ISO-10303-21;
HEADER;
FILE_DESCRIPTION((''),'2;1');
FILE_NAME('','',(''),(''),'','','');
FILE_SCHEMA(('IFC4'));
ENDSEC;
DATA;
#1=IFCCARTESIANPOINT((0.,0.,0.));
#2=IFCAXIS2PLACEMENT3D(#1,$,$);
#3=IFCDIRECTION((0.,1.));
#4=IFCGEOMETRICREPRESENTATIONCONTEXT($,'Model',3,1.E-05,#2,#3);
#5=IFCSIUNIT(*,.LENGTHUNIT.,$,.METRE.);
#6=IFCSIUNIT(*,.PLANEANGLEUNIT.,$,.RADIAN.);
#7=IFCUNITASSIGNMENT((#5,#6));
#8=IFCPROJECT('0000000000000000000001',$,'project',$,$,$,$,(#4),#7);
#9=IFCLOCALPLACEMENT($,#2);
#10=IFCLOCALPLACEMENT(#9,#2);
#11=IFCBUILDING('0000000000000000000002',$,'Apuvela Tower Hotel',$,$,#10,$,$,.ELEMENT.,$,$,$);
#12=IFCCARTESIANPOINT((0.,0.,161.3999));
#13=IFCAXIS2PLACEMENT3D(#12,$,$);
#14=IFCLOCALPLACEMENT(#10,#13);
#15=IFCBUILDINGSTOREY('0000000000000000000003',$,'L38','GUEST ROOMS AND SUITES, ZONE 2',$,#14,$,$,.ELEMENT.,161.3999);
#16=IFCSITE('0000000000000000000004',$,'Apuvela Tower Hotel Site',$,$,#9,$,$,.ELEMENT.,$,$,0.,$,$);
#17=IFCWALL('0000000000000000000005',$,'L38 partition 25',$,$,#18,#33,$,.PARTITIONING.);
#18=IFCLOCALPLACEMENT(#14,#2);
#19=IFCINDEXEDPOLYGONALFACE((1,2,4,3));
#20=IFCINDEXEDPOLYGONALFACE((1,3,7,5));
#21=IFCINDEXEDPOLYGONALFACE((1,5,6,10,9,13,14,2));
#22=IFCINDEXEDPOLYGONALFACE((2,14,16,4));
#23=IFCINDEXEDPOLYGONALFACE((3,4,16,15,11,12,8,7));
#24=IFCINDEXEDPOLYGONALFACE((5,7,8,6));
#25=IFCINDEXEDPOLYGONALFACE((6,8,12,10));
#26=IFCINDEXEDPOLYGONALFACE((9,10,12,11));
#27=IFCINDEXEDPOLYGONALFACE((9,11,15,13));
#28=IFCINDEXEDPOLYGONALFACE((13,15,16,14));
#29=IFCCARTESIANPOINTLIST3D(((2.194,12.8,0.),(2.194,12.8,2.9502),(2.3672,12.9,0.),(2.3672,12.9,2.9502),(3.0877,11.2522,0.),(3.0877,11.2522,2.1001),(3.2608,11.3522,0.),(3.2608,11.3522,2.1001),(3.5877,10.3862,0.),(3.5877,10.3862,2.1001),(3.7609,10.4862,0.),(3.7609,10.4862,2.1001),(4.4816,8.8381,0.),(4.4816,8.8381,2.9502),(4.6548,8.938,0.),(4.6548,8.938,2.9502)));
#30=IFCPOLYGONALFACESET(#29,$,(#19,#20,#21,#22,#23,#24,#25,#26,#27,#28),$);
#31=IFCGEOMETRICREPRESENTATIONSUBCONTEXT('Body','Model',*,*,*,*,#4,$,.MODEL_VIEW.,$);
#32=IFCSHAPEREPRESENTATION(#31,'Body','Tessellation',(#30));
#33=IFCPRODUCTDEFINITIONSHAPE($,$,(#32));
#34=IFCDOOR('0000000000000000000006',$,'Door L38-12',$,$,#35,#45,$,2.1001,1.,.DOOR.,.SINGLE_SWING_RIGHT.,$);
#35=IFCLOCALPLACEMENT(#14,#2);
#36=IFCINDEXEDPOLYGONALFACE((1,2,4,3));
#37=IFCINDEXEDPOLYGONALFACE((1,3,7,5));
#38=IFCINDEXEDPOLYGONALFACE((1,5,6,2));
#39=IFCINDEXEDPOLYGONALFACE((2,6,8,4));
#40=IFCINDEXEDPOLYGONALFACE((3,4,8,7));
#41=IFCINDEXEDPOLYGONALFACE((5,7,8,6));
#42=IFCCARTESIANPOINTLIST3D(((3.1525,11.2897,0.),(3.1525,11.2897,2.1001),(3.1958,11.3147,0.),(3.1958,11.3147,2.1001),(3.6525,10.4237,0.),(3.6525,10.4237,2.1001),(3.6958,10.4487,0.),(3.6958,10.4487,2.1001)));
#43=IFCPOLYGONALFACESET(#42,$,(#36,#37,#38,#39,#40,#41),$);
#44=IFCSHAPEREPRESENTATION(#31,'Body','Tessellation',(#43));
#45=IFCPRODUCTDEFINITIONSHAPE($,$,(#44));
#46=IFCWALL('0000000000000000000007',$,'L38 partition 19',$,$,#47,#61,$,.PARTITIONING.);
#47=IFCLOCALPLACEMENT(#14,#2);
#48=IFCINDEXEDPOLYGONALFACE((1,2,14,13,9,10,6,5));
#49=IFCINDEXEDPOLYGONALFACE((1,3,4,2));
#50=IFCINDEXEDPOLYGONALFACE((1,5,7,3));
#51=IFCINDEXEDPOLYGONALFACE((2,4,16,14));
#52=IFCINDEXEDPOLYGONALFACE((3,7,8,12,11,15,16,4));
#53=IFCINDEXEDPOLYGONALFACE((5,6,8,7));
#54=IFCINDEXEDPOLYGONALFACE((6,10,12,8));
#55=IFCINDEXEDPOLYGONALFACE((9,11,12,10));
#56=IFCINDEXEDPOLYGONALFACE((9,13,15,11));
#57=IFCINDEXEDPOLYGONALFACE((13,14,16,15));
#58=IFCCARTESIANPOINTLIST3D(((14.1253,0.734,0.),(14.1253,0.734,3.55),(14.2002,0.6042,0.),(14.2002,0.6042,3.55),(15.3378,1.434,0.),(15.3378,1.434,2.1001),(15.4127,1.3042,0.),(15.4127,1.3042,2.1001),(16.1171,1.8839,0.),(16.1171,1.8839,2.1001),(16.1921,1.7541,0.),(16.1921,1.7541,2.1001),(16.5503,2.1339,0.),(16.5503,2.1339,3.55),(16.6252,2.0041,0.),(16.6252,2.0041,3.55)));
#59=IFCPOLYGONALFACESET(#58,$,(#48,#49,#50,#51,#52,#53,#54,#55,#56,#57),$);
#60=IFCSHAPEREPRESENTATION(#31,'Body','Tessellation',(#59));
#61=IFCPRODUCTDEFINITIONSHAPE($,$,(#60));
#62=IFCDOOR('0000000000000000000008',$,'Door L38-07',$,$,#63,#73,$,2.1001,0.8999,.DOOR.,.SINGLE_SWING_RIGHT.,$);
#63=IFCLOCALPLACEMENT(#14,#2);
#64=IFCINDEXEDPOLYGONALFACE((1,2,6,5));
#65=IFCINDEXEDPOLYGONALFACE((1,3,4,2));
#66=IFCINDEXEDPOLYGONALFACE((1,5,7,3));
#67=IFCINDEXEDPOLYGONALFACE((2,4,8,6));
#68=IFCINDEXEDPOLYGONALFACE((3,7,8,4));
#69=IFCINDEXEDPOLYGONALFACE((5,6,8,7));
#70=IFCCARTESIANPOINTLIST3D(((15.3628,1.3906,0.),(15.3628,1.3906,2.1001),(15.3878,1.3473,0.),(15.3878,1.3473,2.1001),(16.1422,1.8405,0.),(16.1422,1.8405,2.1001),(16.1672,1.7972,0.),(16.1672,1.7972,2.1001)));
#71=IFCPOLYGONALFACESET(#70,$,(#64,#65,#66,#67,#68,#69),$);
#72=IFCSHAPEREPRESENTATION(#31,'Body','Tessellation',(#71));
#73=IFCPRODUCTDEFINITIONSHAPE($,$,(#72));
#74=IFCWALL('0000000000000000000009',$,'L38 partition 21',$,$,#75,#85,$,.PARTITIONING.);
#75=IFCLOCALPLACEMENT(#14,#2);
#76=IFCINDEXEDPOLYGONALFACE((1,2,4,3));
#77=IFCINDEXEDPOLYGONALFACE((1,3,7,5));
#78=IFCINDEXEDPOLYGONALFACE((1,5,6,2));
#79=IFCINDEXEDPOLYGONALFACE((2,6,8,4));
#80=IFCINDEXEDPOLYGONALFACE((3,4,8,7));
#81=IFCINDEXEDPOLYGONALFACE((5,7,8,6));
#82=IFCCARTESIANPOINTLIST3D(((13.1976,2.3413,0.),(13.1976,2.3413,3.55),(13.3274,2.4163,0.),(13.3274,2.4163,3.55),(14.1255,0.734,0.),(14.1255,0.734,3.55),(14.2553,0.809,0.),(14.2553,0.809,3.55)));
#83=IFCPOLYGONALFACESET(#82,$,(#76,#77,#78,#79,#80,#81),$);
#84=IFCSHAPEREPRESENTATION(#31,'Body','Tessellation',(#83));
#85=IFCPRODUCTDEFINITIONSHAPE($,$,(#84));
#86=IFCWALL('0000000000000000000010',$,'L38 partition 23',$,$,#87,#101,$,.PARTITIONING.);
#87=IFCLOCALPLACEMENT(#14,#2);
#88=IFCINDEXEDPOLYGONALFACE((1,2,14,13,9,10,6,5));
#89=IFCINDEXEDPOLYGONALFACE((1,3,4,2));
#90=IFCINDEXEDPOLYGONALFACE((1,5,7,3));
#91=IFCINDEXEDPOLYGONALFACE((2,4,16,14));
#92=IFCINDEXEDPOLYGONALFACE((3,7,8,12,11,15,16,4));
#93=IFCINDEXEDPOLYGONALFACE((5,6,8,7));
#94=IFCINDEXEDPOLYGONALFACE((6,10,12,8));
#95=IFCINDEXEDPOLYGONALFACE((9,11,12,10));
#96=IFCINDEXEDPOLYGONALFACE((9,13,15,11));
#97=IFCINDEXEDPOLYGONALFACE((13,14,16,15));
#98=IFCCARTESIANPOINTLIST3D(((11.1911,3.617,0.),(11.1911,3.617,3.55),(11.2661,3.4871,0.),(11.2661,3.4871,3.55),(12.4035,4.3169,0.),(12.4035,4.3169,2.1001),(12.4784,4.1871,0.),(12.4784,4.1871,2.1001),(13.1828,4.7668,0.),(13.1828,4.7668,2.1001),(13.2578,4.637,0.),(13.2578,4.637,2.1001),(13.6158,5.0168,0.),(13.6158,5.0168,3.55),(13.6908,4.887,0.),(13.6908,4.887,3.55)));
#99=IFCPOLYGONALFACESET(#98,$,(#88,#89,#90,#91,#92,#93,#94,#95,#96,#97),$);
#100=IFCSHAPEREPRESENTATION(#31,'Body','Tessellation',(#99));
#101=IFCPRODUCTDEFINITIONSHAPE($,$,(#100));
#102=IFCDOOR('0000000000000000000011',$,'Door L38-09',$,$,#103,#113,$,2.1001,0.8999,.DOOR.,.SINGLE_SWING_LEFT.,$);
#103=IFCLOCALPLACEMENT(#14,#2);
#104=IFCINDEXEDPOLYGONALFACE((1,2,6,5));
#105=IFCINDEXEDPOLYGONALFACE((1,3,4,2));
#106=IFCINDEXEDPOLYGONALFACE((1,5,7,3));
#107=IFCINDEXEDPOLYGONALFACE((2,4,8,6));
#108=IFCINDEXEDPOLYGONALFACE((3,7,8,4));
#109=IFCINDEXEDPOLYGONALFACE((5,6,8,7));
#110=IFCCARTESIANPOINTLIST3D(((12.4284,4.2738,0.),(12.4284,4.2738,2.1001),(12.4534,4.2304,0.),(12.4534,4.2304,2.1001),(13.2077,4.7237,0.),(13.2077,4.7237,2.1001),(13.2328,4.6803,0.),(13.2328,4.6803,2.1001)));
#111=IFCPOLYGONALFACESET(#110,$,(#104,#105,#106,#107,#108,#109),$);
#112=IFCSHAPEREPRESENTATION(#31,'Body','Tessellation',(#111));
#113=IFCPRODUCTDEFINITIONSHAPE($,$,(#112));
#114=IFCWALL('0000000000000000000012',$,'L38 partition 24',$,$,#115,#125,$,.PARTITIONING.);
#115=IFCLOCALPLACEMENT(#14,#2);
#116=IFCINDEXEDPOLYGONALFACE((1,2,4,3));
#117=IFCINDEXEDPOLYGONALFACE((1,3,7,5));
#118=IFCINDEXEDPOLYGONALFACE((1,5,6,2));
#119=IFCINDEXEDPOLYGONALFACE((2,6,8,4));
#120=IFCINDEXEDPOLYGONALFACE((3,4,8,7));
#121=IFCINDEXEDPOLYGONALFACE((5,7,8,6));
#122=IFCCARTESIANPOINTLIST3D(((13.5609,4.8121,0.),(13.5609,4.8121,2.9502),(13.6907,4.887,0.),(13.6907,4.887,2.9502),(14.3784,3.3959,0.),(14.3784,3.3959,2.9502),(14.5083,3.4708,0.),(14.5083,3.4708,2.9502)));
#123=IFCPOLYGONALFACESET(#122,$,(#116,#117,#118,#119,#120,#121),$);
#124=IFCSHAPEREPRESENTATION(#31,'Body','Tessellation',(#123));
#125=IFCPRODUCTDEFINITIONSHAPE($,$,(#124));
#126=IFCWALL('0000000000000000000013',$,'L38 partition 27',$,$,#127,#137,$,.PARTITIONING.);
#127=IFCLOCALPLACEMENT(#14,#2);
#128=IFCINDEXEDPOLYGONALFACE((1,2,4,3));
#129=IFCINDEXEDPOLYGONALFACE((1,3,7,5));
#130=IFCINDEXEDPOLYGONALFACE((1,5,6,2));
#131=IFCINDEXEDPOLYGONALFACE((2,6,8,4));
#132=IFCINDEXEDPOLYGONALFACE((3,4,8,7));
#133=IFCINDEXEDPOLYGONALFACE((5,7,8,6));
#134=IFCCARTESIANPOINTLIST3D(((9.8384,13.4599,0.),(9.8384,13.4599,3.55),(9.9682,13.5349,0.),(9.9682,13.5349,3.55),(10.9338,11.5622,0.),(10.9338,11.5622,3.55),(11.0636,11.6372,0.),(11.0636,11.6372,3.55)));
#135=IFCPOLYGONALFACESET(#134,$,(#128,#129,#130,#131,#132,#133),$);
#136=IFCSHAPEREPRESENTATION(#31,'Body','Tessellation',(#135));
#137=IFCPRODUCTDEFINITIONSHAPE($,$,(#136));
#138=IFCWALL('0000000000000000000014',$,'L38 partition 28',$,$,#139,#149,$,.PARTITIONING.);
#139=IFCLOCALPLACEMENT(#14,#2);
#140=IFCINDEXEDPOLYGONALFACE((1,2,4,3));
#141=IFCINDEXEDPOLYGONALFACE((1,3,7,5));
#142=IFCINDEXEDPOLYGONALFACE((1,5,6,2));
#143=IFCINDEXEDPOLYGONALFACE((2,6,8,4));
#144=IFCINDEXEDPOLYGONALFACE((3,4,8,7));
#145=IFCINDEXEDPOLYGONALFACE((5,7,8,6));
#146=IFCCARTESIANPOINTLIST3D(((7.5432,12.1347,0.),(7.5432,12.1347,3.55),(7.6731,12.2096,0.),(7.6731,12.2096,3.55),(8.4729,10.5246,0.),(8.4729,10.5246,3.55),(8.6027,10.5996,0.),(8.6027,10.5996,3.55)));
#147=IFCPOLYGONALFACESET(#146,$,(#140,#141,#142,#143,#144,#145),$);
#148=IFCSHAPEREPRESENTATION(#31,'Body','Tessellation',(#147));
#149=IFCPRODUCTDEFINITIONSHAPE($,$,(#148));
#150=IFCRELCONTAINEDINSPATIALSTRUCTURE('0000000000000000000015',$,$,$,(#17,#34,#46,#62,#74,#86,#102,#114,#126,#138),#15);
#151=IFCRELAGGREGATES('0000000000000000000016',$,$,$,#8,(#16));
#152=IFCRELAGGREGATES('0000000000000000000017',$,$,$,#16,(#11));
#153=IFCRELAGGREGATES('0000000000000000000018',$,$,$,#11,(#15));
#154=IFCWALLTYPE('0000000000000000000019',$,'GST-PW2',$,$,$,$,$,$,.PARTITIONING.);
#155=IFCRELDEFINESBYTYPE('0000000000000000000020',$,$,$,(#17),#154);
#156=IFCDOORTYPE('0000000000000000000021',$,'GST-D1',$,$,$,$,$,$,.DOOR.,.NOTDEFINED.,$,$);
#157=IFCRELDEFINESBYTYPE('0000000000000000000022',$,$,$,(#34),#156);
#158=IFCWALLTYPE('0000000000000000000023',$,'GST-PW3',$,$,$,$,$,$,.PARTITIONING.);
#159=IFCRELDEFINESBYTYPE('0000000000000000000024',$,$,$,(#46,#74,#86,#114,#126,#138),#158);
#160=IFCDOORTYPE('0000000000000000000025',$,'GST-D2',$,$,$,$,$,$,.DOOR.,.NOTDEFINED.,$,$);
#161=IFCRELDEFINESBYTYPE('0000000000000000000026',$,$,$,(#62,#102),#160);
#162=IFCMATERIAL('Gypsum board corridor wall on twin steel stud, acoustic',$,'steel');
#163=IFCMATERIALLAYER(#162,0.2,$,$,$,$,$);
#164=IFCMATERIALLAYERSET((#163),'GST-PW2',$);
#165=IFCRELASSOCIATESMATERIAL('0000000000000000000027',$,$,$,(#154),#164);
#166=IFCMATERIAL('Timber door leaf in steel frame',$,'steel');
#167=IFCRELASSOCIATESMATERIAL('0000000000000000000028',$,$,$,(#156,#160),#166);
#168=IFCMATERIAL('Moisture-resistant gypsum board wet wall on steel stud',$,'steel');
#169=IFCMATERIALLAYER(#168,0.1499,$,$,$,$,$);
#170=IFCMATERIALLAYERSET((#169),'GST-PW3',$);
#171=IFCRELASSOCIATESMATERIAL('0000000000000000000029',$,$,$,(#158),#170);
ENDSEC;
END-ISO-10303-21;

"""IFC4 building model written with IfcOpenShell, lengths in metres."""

from ifc_helpers import new_model, si_unit, direction, frame, frame_2d, origin, place, context, subcontext, project, spatial, rectangle, extrude, material, layer, layer_set, type_object, element, fill, save


model = new_model("IFC4")

# Units and contexts
model_context = context("Model", 3, precision=1e-05, world=origin(), true_north=direction((0.0, 1.0)))
body_context = subcontext(model_context, "Body", "Model", "MODEL_VIEW")
ifc_project = project(units=[si_unit("LENGTHUNIT", "METRE"), si_unit("PLANEANGLEUNIT", "RADIAN")], contexts=[model_context])

# Site, building, storey
site_placement = place(None, origin())
site = spatial("IfcSite", under=ifc_project, at=site_placement, Name="Apuvela Tower Hotel Site", CompositionType="ELEMENT", RefElevation=0.0)
building_placement = place(site_placement, origin())
building = spatial("IfcBuilding", under=site, at=building_placement, Name="Apuvela Tower Hotel", CompositionType="ELEMENT")
storey_placement = place(building_placement, frame((0.0, 0.0, 161.3999)))
storey = spatial("IfcBuildingStorey", under=building, at=storey_placement, Name="L38", Description="GUEST ROOMS AND SUITES, ZONE 2", CompositionType="ELEMENT", Elevation=161.3999)

# Walls, openings, doors
ifc_material_1 = material(Name="Gypsum board corridor wall on twin steel stud, acoustic", Category="steel")
ifc_layer_1 = layer(ifc_material_1, 0.2)
ifc_layer_set_1 = layer_set([ifc_layer_1], Name="GST-PW2")
wall_type_1 = type_object("IfcWallType", Name="GST-PW2", PredefinedType="PARTITIONING", material=ifc_layer_set_1)
ifc_material_2 = material(Name="Timber door leaf in steel frame", Category="steel")
door_type_1 = type_object("IfcDoorType", Name="GST-D1", OperationType="NOTDEFINED", PredefinedType="DOOR", material=ifc_material_2)
wall_1_placement = place(storey_placement, frame((2.2805, 12.8501, 0.0), z_axis=(0.0, 0.0, 1.0), x_axis=(0.50003, -0.866008, 0.0)))
wall_1 = element("IfcWall", 1, at=wall_1_placement, inside=storey, type_object=wall_type_1, Name="L38 partition 25", PredefinedType="PARTITIONING", context=body_context, shape_type="SweptSolid", body=[
    extrude(rectangle(XDim=4.575, YDim=0.2, at=frame_2d((2.2876, 0.0))), origin(), (0.0, 0.0, 1.0), 2.9502),
])
opening_1_placement = place(wall_1_placement, frame((1.7874, 0.0, 0.0)))
opening_1 = element("IfcOpeningElement", 2, at=opening_1_placement, cuts=wall_1, PredefinedType="OPENING", context=body_context, shape_type="SweptSolid", body=[
    extrude(rectangle(XDim=1.0, YDim=2.1001, at=frame_2d((0.5, 1.05))), frame((0.0, 0.1099, 0.0), z_axis=(0.0, -1.0, 0.0), x_axis=(1.0, 0.0, 0.0)), (0.0, 0.0, 1.0), 0.22),
])
door_1_placement = place(opening_1_placement, origin())
door_1 = element("IfcDoor", 3, at=door_1_placement, inside=storey, type_object=door_type_1, Name="Door L38-12", OperationType="SINGLE_SWING_RIGHT", OverallHeight=2.1001, OverallWidth=1.0, PredefinedType="DOOR", context=body_context, shape_type="SweptSolid", body=[
    extrude(rectangle(XDim=1.0, YDim=2.1001, at=frame_2d((0.5, 1.05))), frame((0.0, 0.0249, 0.0), z_axis=(0.0, -1.0, 0.0), x_axis=(1.0, 0.0, 0.0)), (0.0, 0.0, 1.0), 0.05),
])
fill(opening_1, door_1)
ifc_material_3 = material(Name="Moisture-resistant gypsum board wet wall on steel stud", Category="steel")
ifc_layer_2 = layer(ifc_material_3, 0.1499)
ifc_layer_set_2 = layer_set([ifc_layer_2], Name="GST-PW3")
wall_type_2 = type_object("IfcWallType", Name="GST-PW3", PredefinedType="PARTITIONING", material=ifc_layer_set_2)
wall_2_placement = place(storey_placement, frame((14.1628, 0.6692, 0.0), z_axis=(0.0, 0.0, 1.0), x_axis=(0.866056, 0.499946, 0.0)))
wall_2 = element("IfcWall", 4, at=wall_2_placement, inside=storey, type_object=wall_type_2, Name="L38 partition 19", PredefinedType="PARTITIONING", context=body_context, shape_type="SweptSolid", body=[
    extrude(rectangle(XDim=2.8, YDim=0.1499, at=frame_2d((1.3999, 0.0))), origin(), (0.0, 0.0, 1.0), 3.55),
])
opening_2_placement = place(wall_2_placement, frame((1.3999, 0.0, 0.0)))
opening_2 = element("IfcOpeningElement", 5, at=opening_2_placement, cuts=wall_2, PredefinedType="OPENING", context=body_context, shape_type="SweptSolid", body=[
    extrude(rectangle(XDim=0.8999, YDim=2.1001, at=frame_2d((0.45, 1.05))), frame((0.0, 0.085, 0.0), z_axis=(0.0, -1.0, 0.0), x_axis=(1.0, 0.0, 0.0)), (0.0, 0.0, 1.0), 0.1699),
])
door_type_2 = type_object("IfcDoorType", Name="GST-D2", OperationType="NOTDEFINED", PredefinedType="DOOR", material=ifc_material_2)
door_2_placement = place(opening_2_placement, origin())
door_2 = element("IfcDoor", 6, at=door_2_placement, inside=storey, type_object=door_type_2, Name="Door L38-07", OperationType="SINGLE_SWING_RIGHT", OverallHeight=2.1001, OverallWidth=0.8999, PredefinedType="DOOR", context=body_context, shape_type="SweptSolid", body=[
    extrude(rectangle(XDim=0.8999, YDim=2.1001, at=frame_2d((0.45, 1.05))), frame((0.0, 0.0249, 0.0), z_axis=(0.0, -1.0, 0.0), x_axis=(1.0, 0.0, 0.0)), (0.0, 0.0, 1.0), 0.05),
])
fill(opening_2, door_2)

# Wall
wall_3_placement = place(storey_placement, frame((14.1904, 0.7715, 0.0), z_axis=(0.0, 0.0, 1.0), x_axis=(-0.499973, 0.866041, 0.0)))
element("IfcWall", 7, at=wall_3_placement, inside=storey, type_object=wall_type_2, Name="L38 partition 21", PredefinedType="PARTITIONING", context=body_context, shape_type="SweptSolid", body=[
    extrude(rectangle(XDim=1.856, YDim=0.1499, at=frame_2d((0.928, 0.0))), origin(), (0.0, 0.0, 1.0), 3.55),
])

# Wall, opening, door
wall_4_placement = place(storey_placement, frame((13.6533, 4.9519, 0.0), z_axis=(0.0, 0.0, 1.0), x_axis=(-0.866035, -0.499984, 0.0)))
wall_4 = element("IfcWall", 8, at=wall_4_placement, inside=storey, type_object=wall_type_2, Name="L38 partition 23", PredefinedType="PARTITIONING", context=body_context, shape_type="SweptSolid", body=[
    extrude(rectangle(XDim=2.7998, YDim=0.1499, at=frame_2d((1.3999, 0.0))), origin(), (0.0, 0.0, 1.0), 3.55),
])
opening_3_placement = place(wall_4_placement, frame((0.5, 0.0, 0.0)))
opening_3 = element("IfcOpeningElement", 9, at=opening_3_placement, cuts=wall_4, PredefinedType="OPENING", context=body_context, shape_type="SweptSolid", body=[
    extrude(rectangle(XDim=0.8999, YDim=2.1001, at=frame_2d((0.45, 1.05))), frame((0.0, 0.085, 0.0), z_axis=(0.0, -1.0, 0.0), x_axis=(1.0, 0.0, 0.0)), (0.0, 0.0, 1.0), 0.1699),
])
door_3_placement = place(opening_3_placement, origin())
door_3 = element("IfcDoor", 10, at=door_3_placement, inside=storey, type_object=door_type_2, Name="Door L38-09", OperationType="SINGLE_SWING_LEFT", OverallHeight=2.1001, OverallWidth=0.8999, PredefinedType="DOOR", context=body_context, shape_type="SweptSolid", body=[
    extrude(rectangle(XDim=0.8999, YDim=2.1001, at=frame_2d((0.45, 1.05))), frame((0.0, 0.0249, 0.0), z_axis=(0.0, -1.0, 0.0), x_axis=(1.0, 0.0, 0.0)), (0.0, 0.0, 1.0), 0.05),
])
fill(opening_3, door_3)

# Walls
wall_5_placement = place(storey_placement, frame((14.4434, 3.4333, 0.0), z_axis=(0.0, 0.0, 1.0), x_axis=(-0.499977, 0.866039, 0.0)))
element("IfcWall", 11, at=wall_5_placement, inside=storey, type_object=wall_type_2, Name="L38 partition 24", PredefinedType="PARTITIONING", context=body_context, shape_type="SweptSolid", body=[
    extrude(rectangle(XDim=1.6353, YDim=0.1499, at=frame_2d((0.8176, 0.0))), origin(), (0.0, 0.0, 1.0), 2.9502),
])
wall_6_placement = place(storey_placement, frame((10.9988, 11.5996, 0.0), z_axis=(0.0, 0.0, 1.0), x_axis=(-0.499938, 0.866061, 0.0)))
element("IfcWall", 12, at=wall_6_placement, inside=storey, type_object=wall_type_2, Name="L38 partition 27", PredefinedType="PARTITIONING", context=body_context, shape_type="SweptSolid", body=[
    extrude(rectangle(XDim=2.1912, YDim=0.1499, at=frame_2d((1.0957, 0.0))), origin(), (0.0, 0.0, 1.0), 3.55),
])
wall_7_placement = place(storey_placement, frame((8.5378, 10.562, 0.0), z_axis=(0.0, 0.0, 1.0), x_axis=(-0.500037, 0.866004, 0.0)))
element("IfcWall", 13, at=wall_7_placement, inside=storey, type_object=wall_type_2, Name="L38 partition 28", PredefinedType="PARTITIONING", context=body_context, shape_type="SweptSolid", body=[
    extrude(rectangle(XDim=1.8591, YDim=0.1499, at=frame_2d((0.9297, 0.0))), origin(), (0.0, 0.0, 1.0), 3.55),
])

save(model, "model.ifc")
